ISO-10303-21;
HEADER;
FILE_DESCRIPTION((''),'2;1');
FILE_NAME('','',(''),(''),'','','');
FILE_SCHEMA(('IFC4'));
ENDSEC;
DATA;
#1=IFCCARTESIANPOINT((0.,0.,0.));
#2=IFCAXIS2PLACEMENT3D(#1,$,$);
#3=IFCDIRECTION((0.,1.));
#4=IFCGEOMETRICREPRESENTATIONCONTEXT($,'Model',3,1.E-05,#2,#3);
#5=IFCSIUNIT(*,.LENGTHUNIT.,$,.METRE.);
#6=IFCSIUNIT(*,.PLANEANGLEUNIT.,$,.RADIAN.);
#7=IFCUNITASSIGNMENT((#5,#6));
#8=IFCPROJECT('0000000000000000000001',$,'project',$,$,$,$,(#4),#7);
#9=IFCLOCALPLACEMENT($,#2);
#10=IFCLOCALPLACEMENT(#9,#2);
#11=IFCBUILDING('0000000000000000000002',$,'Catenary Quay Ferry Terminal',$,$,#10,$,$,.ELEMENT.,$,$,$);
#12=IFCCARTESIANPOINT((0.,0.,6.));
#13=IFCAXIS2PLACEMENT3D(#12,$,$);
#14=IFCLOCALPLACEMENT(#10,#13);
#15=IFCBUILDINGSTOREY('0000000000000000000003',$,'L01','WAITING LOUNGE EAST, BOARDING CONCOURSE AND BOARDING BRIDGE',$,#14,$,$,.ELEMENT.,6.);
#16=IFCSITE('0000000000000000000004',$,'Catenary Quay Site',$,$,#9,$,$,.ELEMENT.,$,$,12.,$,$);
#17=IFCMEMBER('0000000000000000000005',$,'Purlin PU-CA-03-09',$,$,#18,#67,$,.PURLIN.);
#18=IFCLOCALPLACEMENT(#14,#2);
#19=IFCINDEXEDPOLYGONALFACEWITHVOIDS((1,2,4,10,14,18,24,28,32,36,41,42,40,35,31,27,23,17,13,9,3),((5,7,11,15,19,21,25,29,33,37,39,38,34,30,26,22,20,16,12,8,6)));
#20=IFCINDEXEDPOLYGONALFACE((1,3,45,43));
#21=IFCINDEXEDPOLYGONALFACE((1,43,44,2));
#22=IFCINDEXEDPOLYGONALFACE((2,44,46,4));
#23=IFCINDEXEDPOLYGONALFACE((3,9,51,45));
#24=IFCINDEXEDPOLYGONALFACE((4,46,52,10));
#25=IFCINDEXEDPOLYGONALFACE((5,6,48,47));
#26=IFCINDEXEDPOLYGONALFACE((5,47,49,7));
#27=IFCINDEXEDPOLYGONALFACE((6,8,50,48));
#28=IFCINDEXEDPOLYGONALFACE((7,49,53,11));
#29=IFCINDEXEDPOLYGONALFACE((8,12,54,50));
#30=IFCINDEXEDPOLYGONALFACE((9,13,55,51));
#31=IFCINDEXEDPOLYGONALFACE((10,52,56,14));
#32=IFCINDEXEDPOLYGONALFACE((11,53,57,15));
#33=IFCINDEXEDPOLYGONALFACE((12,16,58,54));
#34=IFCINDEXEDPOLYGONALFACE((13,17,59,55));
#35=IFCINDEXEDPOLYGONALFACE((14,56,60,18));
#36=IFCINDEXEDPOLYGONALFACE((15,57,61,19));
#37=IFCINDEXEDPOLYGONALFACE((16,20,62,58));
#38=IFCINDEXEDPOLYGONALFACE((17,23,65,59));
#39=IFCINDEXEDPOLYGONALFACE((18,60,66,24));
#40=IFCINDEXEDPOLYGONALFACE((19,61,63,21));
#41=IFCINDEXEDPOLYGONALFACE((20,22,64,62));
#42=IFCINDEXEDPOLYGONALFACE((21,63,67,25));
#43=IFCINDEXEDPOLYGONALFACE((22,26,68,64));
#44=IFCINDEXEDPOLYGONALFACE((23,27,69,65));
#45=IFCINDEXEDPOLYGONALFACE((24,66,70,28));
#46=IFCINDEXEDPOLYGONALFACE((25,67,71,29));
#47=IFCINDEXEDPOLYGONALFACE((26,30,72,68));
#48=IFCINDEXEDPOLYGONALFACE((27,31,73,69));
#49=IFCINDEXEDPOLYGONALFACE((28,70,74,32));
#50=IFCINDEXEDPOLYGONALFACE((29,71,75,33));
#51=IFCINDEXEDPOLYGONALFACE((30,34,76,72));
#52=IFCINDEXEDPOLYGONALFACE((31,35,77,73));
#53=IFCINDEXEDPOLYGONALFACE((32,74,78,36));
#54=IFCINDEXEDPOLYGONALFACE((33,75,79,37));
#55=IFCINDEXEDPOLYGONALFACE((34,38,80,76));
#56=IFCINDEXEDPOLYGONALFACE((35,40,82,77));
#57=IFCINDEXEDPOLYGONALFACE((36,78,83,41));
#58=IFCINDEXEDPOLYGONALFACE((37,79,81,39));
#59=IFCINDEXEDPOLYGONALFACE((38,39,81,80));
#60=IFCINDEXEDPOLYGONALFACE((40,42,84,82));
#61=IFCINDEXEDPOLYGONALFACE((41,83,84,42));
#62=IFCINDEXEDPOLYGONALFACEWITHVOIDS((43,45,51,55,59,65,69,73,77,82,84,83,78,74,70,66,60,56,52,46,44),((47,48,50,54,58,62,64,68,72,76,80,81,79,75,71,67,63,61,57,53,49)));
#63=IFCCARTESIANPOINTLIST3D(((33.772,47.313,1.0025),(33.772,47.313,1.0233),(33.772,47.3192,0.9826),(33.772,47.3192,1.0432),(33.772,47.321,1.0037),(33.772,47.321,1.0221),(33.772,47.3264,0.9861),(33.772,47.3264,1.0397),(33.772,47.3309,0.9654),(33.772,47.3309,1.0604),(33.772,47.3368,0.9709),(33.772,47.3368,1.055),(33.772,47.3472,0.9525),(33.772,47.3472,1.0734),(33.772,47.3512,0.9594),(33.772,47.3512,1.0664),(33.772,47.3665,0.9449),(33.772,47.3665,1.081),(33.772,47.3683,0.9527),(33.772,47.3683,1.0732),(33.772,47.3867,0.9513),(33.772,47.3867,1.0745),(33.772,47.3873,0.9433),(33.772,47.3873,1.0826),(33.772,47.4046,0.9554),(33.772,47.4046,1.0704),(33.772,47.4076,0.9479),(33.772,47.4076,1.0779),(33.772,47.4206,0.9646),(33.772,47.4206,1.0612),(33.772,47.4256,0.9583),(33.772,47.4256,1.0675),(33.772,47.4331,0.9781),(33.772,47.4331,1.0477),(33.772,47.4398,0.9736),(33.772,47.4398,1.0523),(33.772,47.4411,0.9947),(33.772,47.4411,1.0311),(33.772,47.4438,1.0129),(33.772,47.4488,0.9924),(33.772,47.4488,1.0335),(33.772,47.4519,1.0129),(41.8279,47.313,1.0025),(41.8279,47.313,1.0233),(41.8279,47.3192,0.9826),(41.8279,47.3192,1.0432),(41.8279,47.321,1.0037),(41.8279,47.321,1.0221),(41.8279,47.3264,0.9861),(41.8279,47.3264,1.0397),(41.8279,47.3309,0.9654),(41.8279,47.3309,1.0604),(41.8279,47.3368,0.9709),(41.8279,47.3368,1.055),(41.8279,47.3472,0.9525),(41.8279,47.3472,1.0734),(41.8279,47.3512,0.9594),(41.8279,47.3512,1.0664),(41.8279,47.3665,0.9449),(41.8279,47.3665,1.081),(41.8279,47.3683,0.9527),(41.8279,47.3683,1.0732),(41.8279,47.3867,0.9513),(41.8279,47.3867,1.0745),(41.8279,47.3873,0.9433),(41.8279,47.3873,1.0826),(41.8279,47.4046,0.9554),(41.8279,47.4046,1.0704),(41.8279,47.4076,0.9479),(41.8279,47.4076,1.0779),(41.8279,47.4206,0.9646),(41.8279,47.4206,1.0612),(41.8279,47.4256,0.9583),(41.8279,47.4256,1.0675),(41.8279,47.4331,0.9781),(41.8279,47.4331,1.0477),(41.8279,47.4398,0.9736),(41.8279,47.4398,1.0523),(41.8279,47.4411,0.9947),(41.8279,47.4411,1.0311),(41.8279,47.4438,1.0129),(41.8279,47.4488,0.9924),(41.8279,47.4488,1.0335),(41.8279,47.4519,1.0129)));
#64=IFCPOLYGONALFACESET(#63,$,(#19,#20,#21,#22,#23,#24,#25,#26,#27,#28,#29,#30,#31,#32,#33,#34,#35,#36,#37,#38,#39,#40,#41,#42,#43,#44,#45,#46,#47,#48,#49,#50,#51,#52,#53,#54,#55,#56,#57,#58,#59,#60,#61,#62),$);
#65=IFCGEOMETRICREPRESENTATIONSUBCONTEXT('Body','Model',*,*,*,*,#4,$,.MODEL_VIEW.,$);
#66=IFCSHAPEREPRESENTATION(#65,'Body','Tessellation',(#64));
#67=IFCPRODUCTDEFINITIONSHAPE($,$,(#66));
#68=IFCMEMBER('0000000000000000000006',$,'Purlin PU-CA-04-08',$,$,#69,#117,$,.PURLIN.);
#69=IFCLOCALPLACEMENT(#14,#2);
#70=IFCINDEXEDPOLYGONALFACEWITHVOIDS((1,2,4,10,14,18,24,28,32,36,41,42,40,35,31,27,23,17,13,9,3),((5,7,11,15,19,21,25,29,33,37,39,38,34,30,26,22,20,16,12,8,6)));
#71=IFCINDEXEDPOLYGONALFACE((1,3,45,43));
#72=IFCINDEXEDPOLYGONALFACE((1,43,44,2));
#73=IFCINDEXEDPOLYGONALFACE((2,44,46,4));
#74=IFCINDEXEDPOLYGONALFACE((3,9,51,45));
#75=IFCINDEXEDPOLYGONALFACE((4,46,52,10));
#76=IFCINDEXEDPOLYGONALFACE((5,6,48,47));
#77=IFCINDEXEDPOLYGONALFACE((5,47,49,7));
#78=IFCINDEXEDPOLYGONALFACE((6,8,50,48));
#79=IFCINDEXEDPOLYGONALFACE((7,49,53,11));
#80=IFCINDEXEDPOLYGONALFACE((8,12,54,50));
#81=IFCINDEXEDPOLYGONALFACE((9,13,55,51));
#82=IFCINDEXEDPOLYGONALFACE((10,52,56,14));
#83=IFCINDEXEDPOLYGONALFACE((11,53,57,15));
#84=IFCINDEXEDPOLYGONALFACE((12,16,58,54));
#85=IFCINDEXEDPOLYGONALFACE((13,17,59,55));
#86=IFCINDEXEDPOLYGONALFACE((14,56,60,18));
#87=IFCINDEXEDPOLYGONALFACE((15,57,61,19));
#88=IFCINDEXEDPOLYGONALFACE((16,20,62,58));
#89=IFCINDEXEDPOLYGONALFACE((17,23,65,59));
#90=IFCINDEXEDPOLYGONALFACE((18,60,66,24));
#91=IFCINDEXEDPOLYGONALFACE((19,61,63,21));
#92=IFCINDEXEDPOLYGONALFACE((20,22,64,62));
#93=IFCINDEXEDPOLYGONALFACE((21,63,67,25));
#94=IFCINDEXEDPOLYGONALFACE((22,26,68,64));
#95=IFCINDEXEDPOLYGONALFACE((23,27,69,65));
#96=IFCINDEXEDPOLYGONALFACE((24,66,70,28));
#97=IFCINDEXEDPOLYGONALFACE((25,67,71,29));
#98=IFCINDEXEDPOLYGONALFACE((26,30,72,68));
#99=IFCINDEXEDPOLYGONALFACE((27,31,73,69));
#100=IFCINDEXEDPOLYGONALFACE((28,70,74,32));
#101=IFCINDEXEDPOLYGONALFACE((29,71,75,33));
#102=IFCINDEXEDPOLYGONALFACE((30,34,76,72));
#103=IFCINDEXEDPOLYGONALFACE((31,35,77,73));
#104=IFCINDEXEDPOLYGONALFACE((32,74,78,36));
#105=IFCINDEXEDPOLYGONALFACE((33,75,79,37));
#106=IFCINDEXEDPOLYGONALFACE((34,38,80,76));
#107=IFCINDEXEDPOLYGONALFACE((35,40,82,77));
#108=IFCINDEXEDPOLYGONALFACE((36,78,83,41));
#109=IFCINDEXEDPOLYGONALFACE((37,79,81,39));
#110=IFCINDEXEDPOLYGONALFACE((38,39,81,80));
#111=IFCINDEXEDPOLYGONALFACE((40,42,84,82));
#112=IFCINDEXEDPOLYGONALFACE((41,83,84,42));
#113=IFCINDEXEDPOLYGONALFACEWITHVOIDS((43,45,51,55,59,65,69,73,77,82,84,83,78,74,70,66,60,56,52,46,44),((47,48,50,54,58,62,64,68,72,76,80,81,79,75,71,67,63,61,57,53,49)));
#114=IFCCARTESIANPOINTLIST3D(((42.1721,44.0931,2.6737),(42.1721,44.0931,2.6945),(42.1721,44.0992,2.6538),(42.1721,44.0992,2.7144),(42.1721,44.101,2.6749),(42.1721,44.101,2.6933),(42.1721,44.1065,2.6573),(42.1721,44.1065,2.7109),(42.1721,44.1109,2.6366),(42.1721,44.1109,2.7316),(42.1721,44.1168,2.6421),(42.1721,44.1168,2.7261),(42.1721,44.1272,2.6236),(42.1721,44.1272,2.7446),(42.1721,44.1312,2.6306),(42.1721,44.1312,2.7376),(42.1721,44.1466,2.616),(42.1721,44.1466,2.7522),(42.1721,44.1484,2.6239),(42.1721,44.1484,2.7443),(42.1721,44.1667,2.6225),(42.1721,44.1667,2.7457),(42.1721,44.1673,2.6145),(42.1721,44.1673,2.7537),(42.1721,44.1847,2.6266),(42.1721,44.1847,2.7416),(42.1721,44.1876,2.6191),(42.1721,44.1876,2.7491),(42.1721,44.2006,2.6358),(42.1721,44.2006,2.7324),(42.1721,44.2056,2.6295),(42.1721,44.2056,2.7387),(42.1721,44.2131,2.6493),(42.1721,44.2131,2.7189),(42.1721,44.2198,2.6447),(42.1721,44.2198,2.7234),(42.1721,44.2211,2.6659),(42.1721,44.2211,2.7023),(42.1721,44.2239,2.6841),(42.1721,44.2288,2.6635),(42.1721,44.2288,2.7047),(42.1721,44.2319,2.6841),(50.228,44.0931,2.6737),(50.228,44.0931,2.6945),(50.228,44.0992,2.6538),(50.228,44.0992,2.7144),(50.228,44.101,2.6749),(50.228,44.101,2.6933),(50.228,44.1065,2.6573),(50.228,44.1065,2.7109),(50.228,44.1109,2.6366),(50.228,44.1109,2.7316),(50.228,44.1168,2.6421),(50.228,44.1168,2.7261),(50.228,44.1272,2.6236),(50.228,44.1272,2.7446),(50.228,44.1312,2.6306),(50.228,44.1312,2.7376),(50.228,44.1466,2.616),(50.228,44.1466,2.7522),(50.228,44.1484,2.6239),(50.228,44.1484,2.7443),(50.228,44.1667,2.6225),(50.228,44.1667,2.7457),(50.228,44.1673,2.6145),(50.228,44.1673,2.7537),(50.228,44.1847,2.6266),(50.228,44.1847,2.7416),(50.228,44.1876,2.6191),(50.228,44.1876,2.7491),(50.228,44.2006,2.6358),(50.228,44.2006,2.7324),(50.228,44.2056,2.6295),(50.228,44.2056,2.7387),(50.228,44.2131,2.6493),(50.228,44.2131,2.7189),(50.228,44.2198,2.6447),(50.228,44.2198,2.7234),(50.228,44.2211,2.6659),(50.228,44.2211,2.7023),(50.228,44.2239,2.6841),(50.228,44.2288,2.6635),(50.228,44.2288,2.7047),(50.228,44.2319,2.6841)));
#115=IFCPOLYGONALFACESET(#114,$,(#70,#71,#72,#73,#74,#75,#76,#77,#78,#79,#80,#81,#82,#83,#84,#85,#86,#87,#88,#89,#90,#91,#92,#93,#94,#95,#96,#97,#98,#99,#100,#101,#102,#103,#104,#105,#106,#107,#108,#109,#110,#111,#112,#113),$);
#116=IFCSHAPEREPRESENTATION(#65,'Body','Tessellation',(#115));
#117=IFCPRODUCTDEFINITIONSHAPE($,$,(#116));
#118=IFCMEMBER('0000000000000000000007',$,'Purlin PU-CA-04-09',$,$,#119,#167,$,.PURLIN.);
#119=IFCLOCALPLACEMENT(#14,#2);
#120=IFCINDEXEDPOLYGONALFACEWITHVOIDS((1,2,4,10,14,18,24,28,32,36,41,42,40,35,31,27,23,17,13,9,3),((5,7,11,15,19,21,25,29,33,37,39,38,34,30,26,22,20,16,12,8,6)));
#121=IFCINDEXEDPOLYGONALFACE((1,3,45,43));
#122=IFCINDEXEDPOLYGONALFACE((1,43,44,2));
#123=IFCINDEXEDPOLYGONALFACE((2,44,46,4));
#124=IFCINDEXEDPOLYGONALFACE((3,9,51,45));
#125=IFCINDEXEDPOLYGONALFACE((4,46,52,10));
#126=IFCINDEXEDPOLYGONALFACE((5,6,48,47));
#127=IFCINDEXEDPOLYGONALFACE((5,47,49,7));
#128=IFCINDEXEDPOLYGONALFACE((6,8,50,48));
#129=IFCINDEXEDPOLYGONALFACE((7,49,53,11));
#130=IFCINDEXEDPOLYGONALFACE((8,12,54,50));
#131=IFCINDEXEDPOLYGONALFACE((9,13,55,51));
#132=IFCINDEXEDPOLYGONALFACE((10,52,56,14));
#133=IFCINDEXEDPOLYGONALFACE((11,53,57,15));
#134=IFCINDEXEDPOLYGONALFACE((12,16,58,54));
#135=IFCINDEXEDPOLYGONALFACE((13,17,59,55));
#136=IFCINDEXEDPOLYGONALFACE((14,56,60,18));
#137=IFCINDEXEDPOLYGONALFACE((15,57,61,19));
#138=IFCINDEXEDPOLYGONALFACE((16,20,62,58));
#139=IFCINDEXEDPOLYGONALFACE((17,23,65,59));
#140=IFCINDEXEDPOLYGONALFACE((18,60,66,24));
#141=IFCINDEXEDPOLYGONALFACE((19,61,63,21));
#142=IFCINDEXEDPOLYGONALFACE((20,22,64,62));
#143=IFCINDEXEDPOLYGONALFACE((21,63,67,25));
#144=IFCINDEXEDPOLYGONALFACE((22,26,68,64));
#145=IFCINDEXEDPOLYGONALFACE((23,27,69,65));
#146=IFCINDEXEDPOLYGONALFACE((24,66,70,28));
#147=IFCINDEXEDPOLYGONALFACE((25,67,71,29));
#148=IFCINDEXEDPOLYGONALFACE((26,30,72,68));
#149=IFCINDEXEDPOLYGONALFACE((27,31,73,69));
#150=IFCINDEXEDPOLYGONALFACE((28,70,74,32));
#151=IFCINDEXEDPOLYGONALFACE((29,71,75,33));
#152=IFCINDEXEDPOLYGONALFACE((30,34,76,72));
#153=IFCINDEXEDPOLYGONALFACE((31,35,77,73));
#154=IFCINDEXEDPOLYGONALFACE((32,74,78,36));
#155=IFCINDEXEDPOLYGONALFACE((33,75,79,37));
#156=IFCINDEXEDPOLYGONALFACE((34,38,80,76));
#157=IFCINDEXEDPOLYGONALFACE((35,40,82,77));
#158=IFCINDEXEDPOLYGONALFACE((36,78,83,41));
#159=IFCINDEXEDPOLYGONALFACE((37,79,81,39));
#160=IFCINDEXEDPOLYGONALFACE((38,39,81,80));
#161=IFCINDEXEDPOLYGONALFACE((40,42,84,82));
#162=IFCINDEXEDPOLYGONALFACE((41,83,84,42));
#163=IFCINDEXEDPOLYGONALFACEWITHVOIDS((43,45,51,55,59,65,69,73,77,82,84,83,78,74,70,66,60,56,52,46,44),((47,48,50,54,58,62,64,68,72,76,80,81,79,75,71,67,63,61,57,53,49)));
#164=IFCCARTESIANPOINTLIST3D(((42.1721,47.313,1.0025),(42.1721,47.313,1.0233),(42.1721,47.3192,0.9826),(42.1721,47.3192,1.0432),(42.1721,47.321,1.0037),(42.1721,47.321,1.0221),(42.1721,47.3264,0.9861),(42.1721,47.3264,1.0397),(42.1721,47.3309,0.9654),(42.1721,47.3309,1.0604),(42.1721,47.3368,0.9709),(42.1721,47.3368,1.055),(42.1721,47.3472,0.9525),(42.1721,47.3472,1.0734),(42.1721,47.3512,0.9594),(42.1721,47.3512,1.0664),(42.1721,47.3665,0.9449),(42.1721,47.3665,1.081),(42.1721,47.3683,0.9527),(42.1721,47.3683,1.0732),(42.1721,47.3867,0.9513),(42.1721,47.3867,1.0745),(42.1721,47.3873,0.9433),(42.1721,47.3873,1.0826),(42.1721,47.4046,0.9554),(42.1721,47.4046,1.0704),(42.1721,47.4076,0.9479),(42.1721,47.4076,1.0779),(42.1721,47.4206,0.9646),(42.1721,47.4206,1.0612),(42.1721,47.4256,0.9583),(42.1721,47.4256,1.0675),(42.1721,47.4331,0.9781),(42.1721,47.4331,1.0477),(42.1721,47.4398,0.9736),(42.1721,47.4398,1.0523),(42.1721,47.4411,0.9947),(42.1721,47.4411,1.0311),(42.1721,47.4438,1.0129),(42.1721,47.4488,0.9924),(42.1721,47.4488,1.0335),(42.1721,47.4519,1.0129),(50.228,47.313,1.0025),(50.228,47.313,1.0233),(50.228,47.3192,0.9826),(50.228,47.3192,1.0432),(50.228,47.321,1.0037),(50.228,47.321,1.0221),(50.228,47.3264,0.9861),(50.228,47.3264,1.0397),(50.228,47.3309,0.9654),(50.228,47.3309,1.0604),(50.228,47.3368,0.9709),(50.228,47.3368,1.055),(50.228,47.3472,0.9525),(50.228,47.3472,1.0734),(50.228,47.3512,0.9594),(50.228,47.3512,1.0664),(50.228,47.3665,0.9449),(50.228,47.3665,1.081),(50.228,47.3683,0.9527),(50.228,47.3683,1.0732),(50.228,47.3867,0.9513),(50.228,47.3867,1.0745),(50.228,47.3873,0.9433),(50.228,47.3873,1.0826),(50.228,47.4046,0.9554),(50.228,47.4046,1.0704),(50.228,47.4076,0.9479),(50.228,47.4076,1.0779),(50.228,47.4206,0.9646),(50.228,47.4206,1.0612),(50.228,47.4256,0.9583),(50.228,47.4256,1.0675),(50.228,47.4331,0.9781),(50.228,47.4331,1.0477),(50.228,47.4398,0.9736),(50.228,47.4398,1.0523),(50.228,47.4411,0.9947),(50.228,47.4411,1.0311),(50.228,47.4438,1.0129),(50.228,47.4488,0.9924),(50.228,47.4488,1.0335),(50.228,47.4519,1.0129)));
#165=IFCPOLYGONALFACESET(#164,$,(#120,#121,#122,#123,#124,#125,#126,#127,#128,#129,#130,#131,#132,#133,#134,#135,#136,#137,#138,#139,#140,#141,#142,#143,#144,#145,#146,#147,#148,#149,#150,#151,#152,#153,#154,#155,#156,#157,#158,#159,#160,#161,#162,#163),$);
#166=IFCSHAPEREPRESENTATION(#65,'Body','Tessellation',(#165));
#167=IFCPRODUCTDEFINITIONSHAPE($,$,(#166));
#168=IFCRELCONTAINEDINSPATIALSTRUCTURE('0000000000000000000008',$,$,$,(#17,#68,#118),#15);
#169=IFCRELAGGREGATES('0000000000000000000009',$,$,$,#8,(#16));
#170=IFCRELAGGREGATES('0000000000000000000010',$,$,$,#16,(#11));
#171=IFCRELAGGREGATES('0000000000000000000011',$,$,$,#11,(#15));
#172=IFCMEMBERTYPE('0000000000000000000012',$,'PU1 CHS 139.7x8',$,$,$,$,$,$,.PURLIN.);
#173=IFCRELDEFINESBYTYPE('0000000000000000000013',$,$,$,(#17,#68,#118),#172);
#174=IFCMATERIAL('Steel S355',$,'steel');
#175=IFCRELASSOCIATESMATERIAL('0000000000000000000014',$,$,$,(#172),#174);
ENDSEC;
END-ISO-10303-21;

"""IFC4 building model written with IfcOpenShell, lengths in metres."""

from ifc_helpers import new_model, si_unit, direction, frame, origin, origin_2d, place, context, subcontext, project, spatial, hollow_circle, extrude, material, material_profile, profile_set, type_object, element, save


model = new_model("IFC4")

# Units and contexts
model_context = context("Model", 3, precision=1e-05, world=origin(), true_north=direction((0.0, 1.0)))
body_context = subcontext(model_context, "Body", "Model", "MODEL_VIEW")
ifc_project = project(units=[si_unit("LENGTHUNIT", "METRE"), si_unit("PLANEANGLEUNIT", "RADIAN")], contexts=[model_context])

# Site, building, storey
site_placement = place(None, origin())
site = spatial("IfcSite", under=ifc_project, at=site_placement, Name="Catenary Quay Site", CompositionType="ELEMENT", RefElevation=12.0)
building_placement = place(site_placement, origin())
building = spatial("IfcBuilding", under=site, at=building_placement, Name="Catenary Quay Ferry Terminal", CompositionType="ELEMENT")
storey_placement = place(building_placement, frame((0.0, 0.0, 6.0)))
storey = spatial("IfcBuildingStorey", under=building, at=storey_placement, Name="L01", Description="WAITING LOUNGE EAST, BOARDING CONCOURSE AND BOARDING BRIDGE", CompositionType="ELEMENT", Elevation=6.0)

# Members
ifc_material_1 = material(Name="Steel S355", Category="steel")
ifc_material_profile_1 = material_profile(ifc_material_1, hollow_circle(Radius=0.0698, WallThickness=0.0081, at=origin_2d()), Name="CHS 139.7x8")
ifc_profile_set_1 = profile_set([ifc_material_profile_1], Name="Steel S355")
member_type_1 = type_object("IfcMemberType", Name="PU1 CHS 139.7x8", PredefinedType="PURLIN", material=ifc_profile_set_1)
for number, where, z_axis, x_axis, name in (
    (1, (33.772, 47.3821, 1.0129), (1.0, 0.0, 0.0), (0.0, 1.0, 0.0), "Purlin PU-CA-03-09"),
    (2, (42.1721, 44.1621, 2.6841), (1.0, 0.0, 0.0), (0.0, 1.0, 0.0), "Purlin PU-CA-04-08"),
    (3, (42.1721, 47.3821, 1.0129), (1.0, 0.0, 0.0), (0.0, 1.0, 0.0), "Purlin PU-CA-04-09"),
):
    element("IfcMember", number, at=place(storey_placement, frame(where, z_axis=z_axis, x_axis=x_axis)), inside=storey, type_object=member_type_1, Name=name, PredefinedType="PURLIN", context=body_context, shape_type="SweptSolid", body=[
        extrude(hollow_circle(Radius=0.0698, WallThickness=0.0081, at=origin_2d()), origin(), (0.0, 0.0, 1.0), 8.0559),
    ])

save(model, "model.ifc")
